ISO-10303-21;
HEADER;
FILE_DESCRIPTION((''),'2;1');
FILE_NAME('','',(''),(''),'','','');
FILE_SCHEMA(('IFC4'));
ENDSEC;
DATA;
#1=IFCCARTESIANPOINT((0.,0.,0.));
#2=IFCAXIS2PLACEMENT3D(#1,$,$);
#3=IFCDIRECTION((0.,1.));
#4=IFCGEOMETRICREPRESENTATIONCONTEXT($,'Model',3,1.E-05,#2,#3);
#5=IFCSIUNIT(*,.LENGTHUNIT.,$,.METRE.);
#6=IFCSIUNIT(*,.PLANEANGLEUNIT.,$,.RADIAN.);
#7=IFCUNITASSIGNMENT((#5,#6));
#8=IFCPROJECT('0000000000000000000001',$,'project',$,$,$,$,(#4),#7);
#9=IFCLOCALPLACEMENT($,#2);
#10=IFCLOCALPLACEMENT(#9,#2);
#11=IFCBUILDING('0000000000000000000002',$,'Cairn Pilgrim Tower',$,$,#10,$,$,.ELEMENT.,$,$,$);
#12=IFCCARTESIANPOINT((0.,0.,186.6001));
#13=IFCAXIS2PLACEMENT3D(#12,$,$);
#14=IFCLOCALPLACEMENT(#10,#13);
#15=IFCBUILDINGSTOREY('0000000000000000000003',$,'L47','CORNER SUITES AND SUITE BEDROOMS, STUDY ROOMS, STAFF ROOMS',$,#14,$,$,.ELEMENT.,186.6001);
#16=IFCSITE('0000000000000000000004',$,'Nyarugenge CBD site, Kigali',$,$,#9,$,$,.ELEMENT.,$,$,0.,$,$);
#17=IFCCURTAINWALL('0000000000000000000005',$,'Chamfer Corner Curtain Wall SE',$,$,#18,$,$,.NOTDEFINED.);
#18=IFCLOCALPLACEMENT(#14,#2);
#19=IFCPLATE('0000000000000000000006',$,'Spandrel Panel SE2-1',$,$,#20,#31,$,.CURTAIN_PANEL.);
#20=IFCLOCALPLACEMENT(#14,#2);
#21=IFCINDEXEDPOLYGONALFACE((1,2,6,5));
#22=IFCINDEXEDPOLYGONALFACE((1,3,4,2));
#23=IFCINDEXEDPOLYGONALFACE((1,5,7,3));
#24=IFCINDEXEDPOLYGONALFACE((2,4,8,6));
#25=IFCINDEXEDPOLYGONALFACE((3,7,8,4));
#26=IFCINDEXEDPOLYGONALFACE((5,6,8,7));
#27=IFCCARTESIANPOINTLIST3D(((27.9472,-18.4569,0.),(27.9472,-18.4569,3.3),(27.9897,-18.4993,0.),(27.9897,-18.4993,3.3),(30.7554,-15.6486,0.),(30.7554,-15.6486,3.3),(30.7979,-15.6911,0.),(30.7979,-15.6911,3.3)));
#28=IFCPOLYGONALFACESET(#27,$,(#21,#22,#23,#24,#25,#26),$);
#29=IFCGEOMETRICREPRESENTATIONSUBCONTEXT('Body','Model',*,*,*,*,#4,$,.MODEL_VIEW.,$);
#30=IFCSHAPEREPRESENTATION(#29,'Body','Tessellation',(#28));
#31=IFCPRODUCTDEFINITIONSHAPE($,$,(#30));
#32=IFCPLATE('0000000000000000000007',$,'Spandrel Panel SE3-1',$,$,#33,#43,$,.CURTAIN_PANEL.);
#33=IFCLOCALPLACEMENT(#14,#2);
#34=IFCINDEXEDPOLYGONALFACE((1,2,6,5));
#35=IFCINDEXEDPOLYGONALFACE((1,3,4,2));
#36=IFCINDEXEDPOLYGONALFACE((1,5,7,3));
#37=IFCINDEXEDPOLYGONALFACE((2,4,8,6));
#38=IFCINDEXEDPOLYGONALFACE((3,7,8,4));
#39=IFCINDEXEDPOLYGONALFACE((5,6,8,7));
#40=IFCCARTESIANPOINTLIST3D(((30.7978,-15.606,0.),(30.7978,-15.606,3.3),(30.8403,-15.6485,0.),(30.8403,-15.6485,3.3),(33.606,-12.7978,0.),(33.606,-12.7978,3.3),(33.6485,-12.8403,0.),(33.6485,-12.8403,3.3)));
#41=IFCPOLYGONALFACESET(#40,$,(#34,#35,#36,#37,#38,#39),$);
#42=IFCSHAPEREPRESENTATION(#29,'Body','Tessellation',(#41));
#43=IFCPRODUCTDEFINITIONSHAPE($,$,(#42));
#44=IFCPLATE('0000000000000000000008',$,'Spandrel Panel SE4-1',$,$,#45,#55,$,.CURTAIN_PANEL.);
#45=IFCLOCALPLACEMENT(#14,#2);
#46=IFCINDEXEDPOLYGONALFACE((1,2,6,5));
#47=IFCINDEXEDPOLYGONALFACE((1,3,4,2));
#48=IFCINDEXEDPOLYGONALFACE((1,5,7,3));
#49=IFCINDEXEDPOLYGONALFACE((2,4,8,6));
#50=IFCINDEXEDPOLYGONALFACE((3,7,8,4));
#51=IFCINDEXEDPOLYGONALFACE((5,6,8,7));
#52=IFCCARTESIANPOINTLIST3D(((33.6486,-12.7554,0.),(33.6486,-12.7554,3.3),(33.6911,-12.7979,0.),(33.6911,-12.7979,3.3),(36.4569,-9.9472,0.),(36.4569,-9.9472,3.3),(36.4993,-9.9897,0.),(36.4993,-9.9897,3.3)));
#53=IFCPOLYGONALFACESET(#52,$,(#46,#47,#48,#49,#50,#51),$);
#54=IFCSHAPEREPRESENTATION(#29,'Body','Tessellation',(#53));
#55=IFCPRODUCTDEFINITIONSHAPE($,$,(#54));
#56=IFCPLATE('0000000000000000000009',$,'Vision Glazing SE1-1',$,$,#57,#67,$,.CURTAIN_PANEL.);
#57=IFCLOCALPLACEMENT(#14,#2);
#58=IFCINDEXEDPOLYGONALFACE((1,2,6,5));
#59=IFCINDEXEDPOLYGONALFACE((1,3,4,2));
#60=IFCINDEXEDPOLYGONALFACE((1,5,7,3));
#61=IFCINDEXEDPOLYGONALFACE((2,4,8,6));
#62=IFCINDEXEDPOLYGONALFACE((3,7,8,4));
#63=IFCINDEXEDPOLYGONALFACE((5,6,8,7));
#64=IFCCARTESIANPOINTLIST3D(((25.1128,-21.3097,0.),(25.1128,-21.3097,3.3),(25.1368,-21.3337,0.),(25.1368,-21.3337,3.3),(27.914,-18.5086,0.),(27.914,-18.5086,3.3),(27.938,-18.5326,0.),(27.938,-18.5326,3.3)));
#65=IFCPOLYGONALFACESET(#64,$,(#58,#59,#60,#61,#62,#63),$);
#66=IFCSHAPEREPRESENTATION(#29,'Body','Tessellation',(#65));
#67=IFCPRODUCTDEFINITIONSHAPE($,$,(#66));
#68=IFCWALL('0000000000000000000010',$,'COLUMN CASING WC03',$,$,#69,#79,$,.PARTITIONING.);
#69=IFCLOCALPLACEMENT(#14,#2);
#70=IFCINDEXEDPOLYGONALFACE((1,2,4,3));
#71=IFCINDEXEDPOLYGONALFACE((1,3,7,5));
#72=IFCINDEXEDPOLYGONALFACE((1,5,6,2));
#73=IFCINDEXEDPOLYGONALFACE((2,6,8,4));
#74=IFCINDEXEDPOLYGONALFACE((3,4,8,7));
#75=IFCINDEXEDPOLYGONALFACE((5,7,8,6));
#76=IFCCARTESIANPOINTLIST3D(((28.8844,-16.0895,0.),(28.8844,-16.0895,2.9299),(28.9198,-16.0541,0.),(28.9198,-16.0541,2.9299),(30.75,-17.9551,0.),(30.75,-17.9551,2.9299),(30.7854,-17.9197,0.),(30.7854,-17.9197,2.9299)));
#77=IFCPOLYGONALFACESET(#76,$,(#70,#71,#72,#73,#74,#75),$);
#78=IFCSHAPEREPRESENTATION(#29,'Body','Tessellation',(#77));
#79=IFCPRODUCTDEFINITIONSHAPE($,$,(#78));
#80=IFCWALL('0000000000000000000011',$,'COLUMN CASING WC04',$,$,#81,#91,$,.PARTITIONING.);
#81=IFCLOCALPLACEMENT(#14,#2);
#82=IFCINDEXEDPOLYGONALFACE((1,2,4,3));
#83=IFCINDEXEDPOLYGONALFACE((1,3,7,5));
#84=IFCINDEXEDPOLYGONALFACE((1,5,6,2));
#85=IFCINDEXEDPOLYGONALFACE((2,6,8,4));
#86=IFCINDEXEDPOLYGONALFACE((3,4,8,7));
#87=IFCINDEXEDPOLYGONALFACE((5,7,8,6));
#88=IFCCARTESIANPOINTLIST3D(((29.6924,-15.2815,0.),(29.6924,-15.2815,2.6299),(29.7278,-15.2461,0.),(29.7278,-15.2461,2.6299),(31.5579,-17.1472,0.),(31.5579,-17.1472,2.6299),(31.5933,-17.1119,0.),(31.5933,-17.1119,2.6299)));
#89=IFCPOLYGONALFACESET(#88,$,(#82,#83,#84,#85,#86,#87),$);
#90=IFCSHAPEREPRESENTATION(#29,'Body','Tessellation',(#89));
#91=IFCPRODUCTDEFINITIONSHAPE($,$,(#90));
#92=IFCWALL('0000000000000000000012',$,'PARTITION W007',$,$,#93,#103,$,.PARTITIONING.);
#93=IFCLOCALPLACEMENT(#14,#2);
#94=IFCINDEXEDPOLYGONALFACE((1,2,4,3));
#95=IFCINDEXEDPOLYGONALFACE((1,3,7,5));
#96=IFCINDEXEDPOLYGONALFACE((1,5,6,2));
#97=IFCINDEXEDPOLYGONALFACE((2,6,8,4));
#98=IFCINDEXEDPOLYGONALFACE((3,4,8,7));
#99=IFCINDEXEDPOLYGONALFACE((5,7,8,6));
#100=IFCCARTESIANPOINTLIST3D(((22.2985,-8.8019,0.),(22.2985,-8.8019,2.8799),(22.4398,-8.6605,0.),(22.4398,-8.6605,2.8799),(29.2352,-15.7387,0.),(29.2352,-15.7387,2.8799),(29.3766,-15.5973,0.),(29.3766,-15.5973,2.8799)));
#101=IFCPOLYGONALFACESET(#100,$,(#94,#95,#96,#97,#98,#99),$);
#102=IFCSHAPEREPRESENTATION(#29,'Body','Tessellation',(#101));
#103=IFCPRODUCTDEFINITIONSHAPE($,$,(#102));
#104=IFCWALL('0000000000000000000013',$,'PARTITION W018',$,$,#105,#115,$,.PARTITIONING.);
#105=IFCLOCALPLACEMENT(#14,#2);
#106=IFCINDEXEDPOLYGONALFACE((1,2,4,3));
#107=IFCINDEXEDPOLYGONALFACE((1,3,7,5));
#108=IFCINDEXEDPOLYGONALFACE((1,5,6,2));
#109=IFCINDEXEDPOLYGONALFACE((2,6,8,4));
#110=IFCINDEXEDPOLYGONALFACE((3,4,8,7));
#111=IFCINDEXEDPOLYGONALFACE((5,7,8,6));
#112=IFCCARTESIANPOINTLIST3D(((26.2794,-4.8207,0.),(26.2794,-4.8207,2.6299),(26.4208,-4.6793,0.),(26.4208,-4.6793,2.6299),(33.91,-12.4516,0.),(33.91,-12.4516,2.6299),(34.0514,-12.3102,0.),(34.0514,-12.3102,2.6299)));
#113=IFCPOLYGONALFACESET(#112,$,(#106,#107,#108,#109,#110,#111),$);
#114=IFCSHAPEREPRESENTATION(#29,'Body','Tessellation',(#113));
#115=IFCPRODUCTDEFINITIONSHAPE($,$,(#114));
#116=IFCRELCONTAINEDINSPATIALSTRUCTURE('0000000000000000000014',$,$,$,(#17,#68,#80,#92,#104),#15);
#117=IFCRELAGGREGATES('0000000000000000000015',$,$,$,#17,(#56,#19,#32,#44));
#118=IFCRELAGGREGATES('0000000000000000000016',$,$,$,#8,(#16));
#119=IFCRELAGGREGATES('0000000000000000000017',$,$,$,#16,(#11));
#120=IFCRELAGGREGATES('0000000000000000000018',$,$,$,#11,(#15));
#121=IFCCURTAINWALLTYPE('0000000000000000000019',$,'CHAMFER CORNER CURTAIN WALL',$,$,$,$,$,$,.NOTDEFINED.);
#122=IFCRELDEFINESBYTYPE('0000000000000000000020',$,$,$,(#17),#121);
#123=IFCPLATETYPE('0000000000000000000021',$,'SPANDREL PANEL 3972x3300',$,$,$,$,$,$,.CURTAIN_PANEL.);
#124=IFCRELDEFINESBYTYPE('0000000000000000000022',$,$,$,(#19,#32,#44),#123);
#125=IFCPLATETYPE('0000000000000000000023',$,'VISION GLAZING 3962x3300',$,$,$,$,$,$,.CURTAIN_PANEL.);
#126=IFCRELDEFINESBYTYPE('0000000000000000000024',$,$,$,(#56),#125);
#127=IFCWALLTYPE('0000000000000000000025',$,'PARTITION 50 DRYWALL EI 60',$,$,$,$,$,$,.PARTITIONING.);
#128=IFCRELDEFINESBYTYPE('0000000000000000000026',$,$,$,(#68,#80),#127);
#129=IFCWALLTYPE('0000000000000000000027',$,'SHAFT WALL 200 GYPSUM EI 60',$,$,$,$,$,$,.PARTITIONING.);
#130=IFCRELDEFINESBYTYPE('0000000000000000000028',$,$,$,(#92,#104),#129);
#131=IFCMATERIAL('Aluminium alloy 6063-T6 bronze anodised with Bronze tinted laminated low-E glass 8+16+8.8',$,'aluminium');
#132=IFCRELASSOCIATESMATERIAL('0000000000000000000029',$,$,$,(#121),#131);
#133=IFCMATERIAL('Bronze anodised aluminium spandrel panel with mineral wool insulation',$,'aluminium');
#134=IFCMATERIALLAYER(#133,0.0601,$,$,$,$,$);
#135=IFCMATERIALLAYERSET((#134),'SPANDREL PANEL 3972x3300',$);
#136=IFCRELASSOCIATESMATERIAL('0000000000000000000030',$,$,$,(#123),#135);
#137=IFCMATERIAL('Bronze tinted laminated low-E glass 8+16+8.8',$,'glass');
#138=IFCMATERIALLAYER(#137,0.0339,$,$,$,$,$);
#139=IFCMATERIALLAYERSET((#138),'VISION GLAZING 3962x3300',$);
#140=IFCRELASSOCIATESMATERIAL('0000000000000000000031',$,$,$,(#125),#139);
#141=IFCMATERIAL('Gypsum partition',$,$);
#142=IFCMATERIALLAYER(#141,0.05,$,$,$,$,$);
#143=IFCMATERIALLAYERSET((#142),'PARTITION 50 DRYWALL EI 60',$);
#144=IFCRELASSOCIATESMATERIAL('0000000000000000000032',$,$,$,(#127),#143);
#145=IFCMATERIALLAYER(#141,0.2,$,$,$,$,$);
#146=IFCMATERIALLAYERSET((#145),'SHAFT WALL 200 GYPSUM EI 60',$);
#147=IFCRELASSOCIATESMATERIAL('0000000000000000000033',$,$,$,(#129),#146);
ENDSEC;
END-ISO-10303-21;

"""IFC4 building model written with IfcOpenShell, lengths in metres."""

from ifc_helpers import new_model, si_unit, direction, frame, frame_2d, origin, origin_2d, place, context, subcontext, project, spatial, rectangle, extrude, material, layer, layer_set, type_object, element, aggregate, save


model = new_model("IFC4")

# Units and contexts
model_context = context("Model", 3, precision=1e-05, world=origin(), true_north=direction((0.0, 1.0)))
body_context = subcontext(model_context, "Body", "Model", "MODEL_VIEW")
ifc_project = project(units=[si_unit("LENGTHUNIT", "METRE"), si_unit("PLANEANGLEUNIT", "RADIAN")], contexts=[model_context])

# Site, building, storey
site_placement = place(None, origin())
site = spatial("IfcSite", under=ifc_project, at=site_placement, Name="Nyarugenge CBD site, Kigali", CompositionType="ELEMENT", RefElevation=0.0)
building_placement = place(site_placement, origin())
building = spatial("IfcBuilding", under=site, at=building_placement, Name="Cairn Pilgrim Tower", CompositionType="ELEMENT")
storey_placement = place(building_placement, frame((0.0, 0.0, 186.6001)))
storey = spatial("IfcBuildingStorey", under=building, at=storey_placement, Name="L47", Description="CORNER SUITES AND SUITE BEDROOMS, STUDY ROOMS, STAFF ROOMS", CompositionType="ELEMENT", Elevation=186.6001)

# Curtain wall
ifc_material_1 = material(Name="Aluminium alloy 6063-T6 bronze anodised with Bronze tinted laminated low-E glass 8+16+8.8", Category="aluminium")
curtain_wall_type = type_object("IfcCurtainWallType", Name="CHAMFER CORNER CURTAIN WALL", PredefinedType="NOTDEFINED", material=ifc_material_1)
curtain_wall_placement = place(storey_placement, origin())
curtain_wall = element("IfcCurtainWall", 1, at=curtain_wall_placement, inside=storey, type_object=curtain_wall_type, Name="Chamfer Corner Curtain Wall SE", PredefinedType="NOTDEFINED")

# Plates
ifc_material_2 = material(Name="Bronze anodised aluminium spandrel panel with mineral wool insulation", Category="aluminium")
ifc_layer_1 = layer(ifc_material_2, 0.0601)
ifc_layer_set_1 = layer_set([ifc_layer_1], Name="SPANDREL PANEL 3972x3300")
plate_type_1 = type_object("IfcPlateType", Name="SPANDREL PANEL 3972x3300", PredefinedType="CURTAIN_PANEL", material=ifc_layer_set_1)
plate_1_placement = place(storey_placement, frame((29.3726, -17.074, 0.0), z_axis=(0.0, 0.0, 1.0), x_axis=(0.707107, 0.707107, 0.0)))
plate_1 = element("IfcPlate", 2, at=plate_1_placement, type_object=plate_type_1, Name="Spandrel Panel SE2-1", PredefinedType="CURTAIN_PANEL", context=body_context, shape_type="SweptSolid", body=[
    extrude(rectangle(XDim=3.9714, YDim=0.0601, at=origin_2d()), origin(), (0.0, 0.0, 1.0), 3.3),
])
plate_2_placement = place(storey_placement, frame((32.2231, -14.2231, 0.0), z_axis=(0.0, 0.0, 1.0), x_axis=(0.707107, 0.707107, 0.0)))
plate_2 = element("IfcPlate", 3, at=plate_2_placement, type_object=plate_type_1, Name="Spandrel Panel SE3-1", PredefinedType="CURTAIN_PANEL", context=body_context, shape_type="SweptSolid", body=[
    extrude(rectangle(XDim=3.9714, YDim=0.0601, at=origin_2d()), origin(), (0.0, 0.0, 1.0), 3.3),
])
plate_3_placement = place(storey_placement, frame((35.074, -11.3726, 0.0), z_axis=(0.0, 0.0, 1.0), x_axis=(0.707107, 0.707107, 0.0)))
plate_3 = element("IfcPlate", 4, at=plate_3_placement, type_object=plate_type_1, Name="Spandrel Panel SE4-1", PredefinedType="CURTAIN_PANEL", context=body_context, shape_type="SweptSolid", body=[
    extrude(rectangle(XDim=3.9714, YDim=0.0601, at=origin_2d()), origin(), (0.0, 0.0, 1.0), 3.3),
])
ifc_material_3 = material(Name="Bronze tinted laminated low-E glass 8+16+8.8", Category="glass")
ifc_layer_2 = layer(ifc_material_3, 0.0339)
ifc_layer_set_2 = layer_set([ifc_layer_2], Name="VISION GLAZING 3962x3300")
plate_type_2 = type_object("IfcPlateType", Name="VISION GLAZING 3962x3300", PredefinedType="CURTAIN_PANEL", material=ifc_layer_set_2)
plate_4_placement = place(storey_placement, frame((26.5254, -19.9211, 0.0), z_axis=(0.0, 0.0, 1.0), x_axis=(0.707107, 0.707107, 0.0)))
plate_4 = element("IfcPlate", 5, at=plate_4_placement, type_object=plate_type_2, Name="Vision Glazing SE1-1", PredefinedType="CURTAIN_PANEL", context=body_context, shape_type="SweptSolid", body=[
    extrude(rectangle(XDim=3.9614, YDim=0.0339, at=origin_2d()), origin(), (0.0, 0.0, 1.0), 3.3),
])
aggregate(curtain_wall, [plate_4, plate_1, plate_2, plate_3])

# Walls
ifc_material_4 = material(Name="Gypsum partition")
ifc_layer_3 = layer(ifc_material_4, 0.05)
ifc_layer_set_3 = layer_set([ifc_layer_3], Name="PARTITION 50 DRYWALL EI 60")
wall_type_1 = type_object("IfcWallType", Name="PARTITION 50 DRYWALL EI 60", PredefinedType="PARTITIONING", material=ifc_layer_set_3)
wall_1_placement = place(storey_placement, frame((30.7678, -17.9375, 0.0), z_axis=(0.0, 0.0, 1.0), x_axis=(-0.707107, 0.707107, 0.0)))
element("IfcWall", 6, at=wall_1_placement, inside=storey, type_object=wall_type_1, Name="COLUMN CASING WC03", PredefinedType="PARTITIONING", context=body_context, shape_type="SweptSolid", body=[
    extrude(rectangle(XDim=2.6384, YDim=0.05, at=frame_2d((1.3193, 0.0))), origin(), (0.0, 0.0, 1.0), 2.9299),
])
wall_2_placement = place(storey_placement, frame((31.5757, -17.1296, 0.0), z_axis=(0.0, 0.0, 1.0), x_axis=(-0.707061, 0.707153, 0.0)))
element("IfcWall", 7, at=wall_2_placement, inside=storey, type_object=wall_type_1, Name="COLUMN CASING WC04", PredefinedType="PARTITIONING", context=body_context, shape_type="SweptSolid", body=[
    extrude(rectangle(XDim=2.6384, YDim=0.05, at=frame_2d((1.3193, 0.0))), origin(), (0.0, 0.0, 1.0), 2.6299),
])
ifc_layer_4 = layer(ifc_material_4, 0.2)
ifc_layer_set_4 = layer_set([ifc_layer_4], Name="SHAFT WALL 200 GYPSUM EI 60")
wall_type_2 = type_object("IfcWallType", Name="SHAFT WALL 200 GYPSUM EI 60", PredefinedType="PARTITIONING", material=ifc_layer_set_4)
wall_3_placement = place(storey_placement, frame((29.3059, -15.668, 0.0), z_axis=(0.0, 0.0, 1.0), x_axis=(-0.707107, 0.707107, 0.0)))
element("IfcWall", 8, at=wall_3_placement, inside=storey, type_object=wall_type_2, Name="PARTITION W007", PredefinedType="PARTITIONING", context=body_context, shape_type="SweptSolid", body=[
    extrude(rectangle(XDim=9.8101, YDim=0.2, at=frame_2d((4.905, 0.0))), origin(), (0.0, 0.0, 1.0), 2.8799),
])
wall_4_placement = place(storey_placement, frame((33.9807, -12.3809, 0.0), z_axis=(0.0, 0.0, 1.0), x_axis=(-0.707095, 0.707118, 0.0)))
element("IfcWall", 9, at=wall_4_placement, inside=storey, type_object=wall_type_2, Name="PARTITION W018", PredefinedType="PARTITIONING", context=body_context, shape_type="SweptSolid", body=[
    extrude(rectangle(XDim=10.7915, YDim=0.2, at=frame_2d((5.3958, 0.0))), origin(), (0.0, 0.0, 1.0), 2.6299),
])

save(model, "model.ifc")
